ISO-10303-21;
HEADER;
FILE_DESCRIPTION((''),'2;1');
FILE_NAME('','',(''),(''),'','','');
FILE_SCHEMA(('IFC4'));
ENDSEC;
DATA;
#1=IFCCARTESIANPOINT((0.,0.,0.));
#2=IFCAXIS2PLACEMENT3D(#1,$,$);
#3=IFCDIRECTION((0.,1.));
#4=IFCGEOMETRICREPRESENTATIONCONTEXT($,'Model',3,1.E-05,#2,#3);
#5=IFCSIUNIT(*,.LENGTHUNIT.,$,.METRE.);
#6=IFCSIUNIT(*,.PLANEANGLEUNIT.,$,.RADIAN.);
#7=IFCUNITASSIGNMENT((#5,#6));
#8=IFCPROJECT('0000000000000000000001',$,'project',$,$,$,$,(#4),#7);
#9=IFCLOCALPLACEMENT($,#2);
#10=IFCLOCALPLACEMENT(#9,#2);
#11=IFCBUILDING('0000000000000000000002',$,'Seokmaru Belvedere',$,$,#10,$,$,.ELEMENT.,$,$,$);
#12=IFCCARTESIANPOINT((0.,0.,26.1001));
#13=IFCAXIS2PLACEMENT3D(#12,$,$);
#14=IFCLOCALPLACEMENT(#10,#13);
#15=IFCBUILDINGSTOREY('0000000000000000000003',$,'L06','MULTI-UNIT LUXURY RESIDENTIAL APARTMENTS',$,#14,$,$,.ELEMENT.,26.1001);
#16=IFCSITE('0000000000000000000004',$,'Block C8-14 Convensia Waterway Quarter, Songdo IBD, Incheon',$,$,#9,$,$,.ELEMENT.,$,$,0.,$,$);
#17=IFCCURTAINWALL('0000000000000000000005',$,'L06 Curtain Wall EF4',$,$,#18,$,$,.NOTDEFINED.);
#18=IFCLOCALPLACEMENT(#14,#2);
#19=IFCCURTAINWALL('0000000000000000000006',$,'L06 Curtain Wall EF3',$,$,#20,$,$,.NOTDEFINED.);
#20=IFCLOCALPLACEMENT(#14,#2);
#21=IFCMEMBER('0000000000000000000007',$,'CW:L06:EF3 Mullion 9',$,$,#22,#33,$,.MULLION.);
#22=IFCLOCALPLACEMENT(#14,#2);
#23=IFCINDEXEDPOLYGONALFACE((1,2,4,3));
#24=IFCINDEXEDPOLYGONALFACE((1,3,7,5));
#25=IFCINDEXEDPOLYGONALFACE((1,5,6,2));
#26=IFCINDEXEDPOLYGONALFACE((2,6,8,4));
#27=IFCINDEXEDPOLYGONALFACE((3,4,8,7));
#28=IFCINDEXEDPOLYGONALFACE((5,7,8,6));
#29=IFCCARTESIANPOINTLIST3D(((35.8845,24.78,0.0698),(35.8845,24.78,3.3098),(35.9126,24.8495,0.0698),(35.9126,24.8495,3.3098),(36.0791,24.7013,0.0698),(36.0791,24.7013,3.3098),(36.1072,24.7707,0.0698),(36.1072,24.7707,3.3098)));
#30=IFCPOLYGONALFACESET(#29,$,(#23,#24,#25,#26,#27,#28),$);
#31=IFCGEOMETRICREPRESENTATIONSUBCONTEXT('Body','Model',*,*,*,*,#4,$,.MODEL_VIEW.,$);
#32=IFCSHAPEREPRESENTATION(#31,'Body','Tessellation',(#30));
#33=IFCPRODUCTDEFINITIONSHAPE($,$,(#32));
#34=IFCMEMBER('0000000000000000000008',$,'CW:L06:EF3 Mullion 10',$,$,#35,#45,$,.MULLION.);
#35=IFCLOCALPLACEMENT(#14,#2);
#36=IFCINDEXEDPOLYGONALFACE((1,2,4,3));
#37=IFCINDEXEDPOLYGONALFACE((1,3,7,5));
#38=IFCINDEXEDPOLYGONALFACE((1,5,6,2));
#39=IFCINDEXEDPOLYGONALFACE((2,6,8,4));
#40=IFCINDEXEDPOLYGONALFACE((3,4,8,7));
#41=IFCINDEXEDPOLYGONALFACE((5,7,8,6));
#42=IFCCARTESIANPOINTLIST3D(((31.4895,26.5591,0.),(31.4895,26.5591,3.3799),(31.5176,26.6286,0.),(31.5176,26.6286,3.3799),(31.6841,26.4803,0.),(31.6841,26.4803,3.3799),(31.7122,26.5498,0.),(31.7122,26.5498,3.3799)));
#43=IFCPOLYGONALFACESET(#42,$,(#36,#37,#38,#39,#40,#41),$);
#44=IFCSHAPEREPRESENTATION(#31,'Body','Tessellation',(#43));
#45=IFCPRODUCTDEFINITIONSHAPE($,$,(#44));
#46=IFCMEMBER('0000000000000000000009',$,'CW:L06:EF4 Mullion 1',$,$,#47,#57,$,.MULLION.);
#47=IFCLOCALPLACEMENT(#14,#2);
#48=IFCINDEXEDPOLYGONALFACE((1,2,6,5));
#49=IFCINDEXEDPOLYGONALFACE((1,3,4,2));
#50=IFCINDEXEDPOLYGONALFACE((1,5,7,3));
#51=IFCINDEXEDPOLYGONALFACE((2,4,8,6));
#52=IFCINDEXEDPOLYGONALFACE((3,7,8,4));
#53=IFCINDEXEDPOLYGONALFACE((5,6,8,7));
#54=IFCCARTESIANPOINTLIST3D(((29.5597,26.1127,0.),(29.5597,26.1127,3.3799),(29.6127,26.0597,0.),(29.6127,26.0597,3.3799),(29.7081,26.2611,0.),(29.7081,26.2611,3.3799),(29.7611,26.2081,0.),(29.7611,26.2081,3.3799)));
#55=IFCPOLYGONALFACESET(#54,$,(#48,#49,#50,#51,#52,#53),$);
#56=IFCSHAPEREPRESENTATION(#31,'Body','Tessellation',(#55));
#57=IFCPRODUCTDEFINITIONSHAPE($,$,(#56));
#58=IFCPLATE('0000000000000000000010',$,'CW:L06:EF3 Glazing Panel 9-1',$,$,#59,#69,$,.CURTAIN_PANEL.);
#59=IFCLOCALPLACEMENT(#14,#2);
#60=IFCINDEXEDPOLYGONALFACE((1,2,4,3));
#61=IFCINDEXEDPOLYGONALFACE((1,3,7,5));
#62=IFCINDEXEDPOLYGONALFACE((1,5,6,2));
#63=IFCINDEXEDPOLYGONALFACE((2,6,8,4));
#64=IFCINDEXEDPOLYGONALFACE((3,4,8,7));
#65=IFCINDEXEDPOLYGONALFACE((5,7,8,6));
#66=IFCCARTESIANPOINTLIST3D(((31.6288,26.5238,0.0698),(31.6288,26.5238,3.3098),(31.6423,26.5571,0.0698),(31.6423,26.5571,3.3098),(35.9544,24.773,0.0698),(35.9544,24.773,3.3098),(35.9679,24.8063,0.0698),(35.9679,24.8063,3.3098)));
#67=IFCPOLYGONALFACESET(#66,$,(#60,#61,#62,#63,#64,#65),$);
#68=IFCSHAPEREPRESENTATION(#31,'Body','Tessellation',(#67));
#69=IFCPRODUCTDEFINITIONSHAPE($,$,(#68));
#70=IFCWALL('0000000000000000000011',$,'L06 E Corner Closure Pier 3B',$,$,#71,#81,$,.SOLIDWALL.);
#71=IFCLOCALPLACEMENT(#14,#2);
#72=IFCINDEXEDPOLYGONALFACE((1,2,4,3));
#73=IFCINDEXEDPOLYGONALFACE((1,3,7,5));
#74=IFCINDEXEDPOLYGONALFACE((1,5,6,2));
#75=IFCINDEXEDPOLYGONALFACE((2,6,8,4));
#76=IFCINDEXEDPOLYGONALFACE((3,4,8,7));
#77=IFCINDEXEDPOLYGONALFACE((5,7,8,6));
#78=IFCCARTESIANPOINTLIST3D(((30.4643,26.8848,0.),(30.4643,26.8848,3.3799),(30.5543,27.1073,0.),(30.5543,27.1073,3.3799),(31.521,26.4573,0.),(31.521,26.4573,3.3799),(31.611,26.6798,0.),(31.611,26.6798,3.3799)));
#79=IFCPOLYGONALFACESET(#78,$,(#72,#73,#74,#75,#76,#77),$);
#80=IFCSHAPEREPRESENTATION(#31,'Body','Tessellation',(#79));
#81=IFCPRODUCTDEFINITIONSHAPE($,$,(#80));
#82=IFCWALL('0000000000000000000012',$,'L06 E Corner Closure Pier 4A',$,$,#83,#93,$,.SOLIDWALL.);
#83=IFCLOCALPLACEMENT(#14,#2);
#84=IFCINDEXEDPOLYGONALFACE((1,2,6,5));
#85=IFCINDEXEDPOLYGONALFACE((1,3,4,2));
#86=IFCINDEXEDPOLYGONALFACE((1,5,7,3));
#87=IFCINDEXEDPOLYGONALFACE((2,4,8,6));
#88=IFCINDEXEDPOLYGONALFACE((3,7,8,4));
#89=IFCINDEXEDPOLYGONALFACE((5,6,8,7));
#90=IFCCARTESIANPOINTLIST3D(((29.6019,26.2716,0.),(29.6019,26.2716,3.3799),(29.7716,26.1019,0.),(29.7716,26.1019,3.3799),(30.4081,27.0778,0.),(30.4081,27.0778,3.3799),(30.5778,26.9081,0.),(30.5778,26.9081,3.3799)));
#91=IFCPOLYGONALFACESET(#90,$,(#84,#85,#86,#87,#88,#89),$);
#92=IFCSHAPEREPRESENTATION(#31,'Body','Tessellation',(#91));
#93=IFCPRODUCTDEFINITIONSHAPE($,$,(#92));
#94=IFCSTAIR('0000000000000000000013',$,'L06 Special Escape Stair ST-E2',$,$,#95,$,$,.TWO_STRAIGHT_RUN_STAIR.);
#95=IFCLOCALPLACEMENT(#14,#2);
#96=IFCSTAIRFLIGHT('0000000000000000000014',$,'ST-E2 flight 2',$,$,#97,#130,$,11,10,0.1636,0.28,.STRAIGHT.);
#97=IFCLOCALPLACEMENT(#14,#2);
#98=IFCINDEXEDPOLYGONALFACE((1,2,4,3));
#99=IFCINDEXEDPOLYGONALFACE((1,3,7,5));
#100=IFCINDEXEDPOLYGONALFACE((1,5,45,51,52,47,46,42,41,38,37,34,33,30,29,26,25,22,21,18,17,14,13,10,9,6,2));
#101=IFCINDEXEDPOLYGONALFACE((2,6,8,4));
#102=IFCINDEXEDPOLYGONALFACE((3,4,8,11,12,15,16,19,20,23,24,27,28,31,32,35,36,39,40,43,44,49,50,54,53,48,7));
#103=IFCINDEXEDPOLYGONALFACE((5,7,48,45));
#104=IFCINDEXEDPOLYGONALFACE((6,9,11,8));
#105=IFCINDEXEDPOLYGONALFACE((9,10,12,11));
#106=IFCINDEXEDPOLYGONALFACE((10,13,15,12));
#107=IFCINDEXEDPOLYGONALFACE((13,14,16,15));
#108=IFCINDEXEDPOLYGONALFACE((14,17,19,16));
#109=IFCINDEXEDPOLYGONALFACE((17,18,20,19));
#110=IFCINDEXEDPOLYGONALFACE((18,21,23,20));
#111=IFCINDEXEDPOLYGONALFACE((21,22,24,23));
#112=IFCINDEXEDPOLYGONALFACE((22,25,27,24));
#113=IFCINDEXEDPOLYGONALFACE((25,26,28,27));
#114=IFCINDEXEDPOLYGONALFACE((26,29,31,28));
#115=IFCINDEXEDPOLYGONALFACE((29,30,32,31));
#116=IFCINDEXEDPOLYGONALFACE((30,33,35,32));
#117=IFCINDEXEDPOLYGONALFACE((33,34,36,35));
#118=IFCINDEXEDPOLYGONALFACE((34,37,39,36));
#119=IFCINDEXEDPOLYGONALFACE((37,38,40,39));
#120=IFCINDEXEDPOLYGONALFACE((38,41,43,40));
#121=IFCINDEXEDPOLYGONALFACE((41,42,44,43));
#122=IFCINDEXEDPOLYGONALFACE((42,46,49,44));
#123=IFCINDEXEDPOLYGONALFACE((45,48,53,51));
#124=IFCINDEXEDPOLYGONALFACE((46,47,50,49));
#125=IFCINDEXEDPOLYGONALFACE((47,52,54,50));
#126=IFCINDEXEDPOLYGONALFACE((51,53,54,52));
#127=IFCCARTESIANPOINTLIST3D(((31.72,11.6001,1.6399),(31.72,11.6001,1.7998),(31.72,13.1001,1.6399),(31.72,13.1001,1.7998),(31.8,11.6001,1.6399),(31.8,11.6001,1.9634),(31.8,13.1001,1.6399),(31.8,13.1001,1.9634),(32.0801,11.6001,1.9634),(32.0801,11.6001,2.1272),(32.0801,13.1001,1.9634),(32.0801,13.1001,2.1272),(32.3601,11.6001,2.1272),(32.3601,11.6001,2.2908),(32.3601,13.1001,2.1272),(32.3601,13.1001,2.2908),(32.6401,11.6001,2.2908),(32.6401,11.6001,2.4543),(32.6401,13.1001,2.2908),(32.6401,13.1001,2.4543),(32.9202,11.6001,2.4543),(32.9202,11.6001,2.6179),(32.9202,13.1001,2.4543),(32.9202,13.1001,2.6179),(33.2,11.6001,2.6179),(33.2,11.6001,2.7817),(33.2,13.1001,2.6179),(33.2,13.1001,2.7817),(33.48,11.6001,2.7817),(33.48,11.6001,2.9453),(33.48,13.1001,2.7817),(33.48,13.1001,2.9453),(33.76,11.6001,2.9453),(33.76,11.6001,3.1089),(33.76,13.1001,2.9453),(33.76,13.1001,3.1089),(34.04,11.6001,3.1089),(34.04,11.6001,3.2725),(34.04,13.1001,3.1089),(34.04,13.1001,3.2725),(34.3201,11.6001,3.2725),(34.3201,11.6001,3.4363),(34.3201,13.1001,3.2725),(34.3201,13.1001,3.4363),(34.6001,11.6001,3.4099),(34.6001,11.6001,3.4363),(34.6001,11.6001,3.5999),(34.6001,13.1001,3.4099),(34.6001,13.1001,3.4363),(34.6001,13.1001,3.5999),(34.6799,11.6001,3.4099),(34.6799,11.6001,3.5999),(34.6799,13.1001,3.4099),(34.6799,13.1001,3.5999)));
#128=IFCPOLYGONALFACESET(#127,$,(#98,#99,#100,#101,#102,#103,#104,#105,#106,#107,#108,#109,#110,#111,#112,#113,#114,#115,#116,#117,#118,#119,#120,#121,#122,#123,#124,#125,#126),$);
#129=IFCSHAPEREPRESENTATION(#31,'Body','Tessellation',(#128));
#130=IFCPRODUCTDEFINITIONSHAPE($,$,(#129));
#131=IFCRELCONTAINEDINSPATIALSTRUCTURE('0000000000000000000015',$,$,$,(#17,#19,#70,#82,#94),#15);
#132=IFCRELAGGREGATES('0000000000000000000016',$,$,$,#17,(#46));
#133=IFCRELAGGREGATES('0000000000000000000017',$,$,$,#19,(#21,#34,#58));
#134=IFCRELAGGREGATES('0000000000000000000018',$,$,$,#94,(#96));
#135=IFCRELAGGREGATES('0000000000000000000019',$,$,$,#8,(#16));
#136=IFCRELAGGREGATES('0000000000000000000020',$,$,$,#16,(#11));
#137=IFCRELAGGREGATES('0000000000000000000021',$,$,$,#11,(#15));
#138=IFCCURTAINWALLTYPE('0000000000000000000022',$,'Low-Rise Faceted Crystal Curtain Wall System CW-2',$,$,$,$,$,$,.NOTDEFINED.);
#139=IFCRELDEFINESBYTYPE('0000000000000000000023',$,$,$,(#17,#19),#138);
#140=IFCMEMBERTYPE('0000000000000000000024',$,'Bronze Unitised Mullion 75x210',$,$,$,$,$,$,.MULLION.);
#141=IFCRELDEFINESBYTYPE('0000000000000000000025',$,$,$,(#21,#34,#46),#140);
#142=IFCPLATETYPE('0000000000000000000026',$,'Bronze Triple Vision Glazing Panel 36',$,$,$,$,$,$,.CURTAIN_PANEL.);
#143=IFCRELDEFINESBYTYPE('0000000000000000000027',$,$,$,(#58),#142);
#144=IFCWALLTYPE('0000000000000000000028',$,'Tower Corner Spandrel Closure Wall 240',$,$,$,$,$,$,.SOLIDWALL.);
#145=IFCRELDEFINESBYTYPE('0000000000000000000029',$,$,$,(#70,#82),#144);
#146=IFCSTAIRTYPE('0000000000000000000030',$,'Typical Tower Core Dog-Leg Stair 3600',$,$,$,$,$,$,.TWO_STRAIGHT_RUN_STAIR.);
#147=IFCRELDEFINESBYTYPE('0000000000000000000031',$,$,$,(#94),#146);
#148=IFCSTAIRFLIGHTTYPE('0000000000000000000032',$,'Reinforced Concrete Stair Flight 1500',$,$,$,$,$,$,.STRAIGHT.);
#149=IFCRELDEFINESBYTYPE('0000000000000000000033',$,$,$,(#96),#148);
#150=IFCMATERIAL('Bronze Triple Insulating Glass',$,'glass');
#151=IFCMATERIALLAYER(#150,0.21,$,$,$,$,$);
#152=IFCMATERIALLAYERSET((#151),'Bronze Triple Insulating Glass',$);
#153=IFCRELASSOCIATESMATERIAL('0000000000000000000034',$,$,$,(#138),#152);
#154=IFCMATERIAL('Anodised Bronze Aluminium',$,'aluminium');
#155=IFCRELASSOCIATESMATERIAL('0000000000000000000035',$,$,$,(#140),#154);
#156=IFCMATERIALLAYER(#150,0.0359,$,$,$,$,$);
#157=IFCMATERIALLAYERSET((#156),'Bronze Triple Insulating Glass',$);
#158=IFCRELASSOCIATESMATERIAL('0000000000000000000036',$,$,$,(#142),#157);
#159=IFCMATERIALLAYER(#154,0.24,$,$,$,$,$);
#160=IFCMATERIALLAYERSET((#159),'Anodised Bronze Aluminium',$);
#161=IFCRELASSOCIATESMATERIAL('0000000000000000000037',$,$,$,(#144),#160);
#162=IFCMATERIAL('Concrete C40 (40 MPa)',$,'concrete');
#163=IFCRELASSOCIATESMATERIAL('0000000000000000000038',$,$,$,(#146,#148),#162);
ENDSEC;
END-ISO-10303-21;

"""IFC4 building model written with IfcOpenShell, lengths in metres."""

from ifc_helpers import new_model, si_unit, direction, frame, frame_2d, origin, origin_2d, place, context, subcontext, project, spatial, polyline, rectangle, outline, extrude, source, transform, mapped, material, layer, layer_set, material_profile, profile_set, type_object, type_shapes, element, aggregate, save


model = new_model("IFC4")

# Units and contexts
model_context = context("Model", 3, precision=1e-05, world=origin(), true_north=direction((0.0, 1.0)))
body_context = subcontext(model_context, "Body", "Model", "MODEL_VIEW")
ifc_project = project(units=[si_unit("LENGTHUNIT", "METRE"), si_unit("PLANEANGLEUNIT", "RADIAN")], contexts=[model_context])

# Site, building, storey
site_placement = place(None, origin())
site = spatial("IfcSite", under=ifc_project, at=site_placement, Name="Block C8-14 Convensia Waterway Quarter, Songdo IBD, Incheon", CompositionType="ELEMENT", RefElevation=0.0)
building_placement = place(site_placement, origin())
building = spatial("IfcBuilding", under=site, at=building_placement, Name="Seokmaru Belvedere", CompositionType="ELEMENT")
storey_placement = place(building_placement, frame((0.0, 0.0, 26.1001)))
storey = spatial("IfcBuildingStorey", under=building, at=storey_placement, Name="L06", Description="MULTI-UNIT LUXURY RESIDENTIAL APARTMENTS", CompositionType="ELEMENT", Elevation=26.1001)

# Curtain walls, members
ifc_material_1 = material(Name="Bronze Triple Insulating Glass", Category="glass")
ifc_layer_1 = layer(ifc_material_1, 0.21)
ifc_layer_set_1 = layer_set([ifc_layer_1], Name="Bronze Triple Insulating Glass")
curtain_wall_type = type_object("IfcCurtainWallType", Name="Low-Rise Faceted Crystal Curtain Wall System CW-2", PredefinedType="NOTDEFINED", material=ifc_layer_set_1)
curtain_wall_1_placement = place(storey_placement, origin())
curtain_wall_1 = element("IfcCurtainWall", 1, at=curtain_wall_1_placement, inside=storey, type_object=curtain_wall_type, Name="L06 Curtain Wall EF4", PredefinedType="NOTDEFINED")
ifc_material_2 = material(Name="Anodised Bronze Aluminium", Category="aluminium")
curtain_wall_2_placement = place(storey_placement, origin())
curtain_wall_2 = element("IfcCurtainWall", 2, at=curtain_wall_2_placement, inside=storey, type_object=curtain_wall_type, Name="L06 Curtain Wall EF3", PredefinedType="NOTDEFINED")
ifc_material_profile_1 = material_profile(ifc_material_2, rectangle(XDim=0.075, YDim=0.21, at=origin_2d()), Name="CW-M-75x210")
ifc_profile_set_1 = profile_set([ifc_material_profile_1], Name="Anodised Bronze Aluminium")
member_type_1 = type_object("IfcMemberType", Name="Bronze Unitised Mullion 75x210", PredefinedType="MULLION", material=ifc_profile_set_1)
shared_shape_1 = source(origin(), body_context, "Body", "SweptSolid", [
    extrude(rectangle(XDim=0.075, YDim=0.21, at=origin_2d()), origin(), (0.0, 0.0, 1.0), 3.24),
])
member_1_placement = place(storey_placement, frame((35.9958, 24.7754, 0.0698), z_axis=(0.0, 0.0, 1.0), x_axis=(-0.375192, -0.926947, 0.0)))
member_1 = element("IfcMember", 3, at=member_1_placement, type_object=member_type_1, Name="CW:L06:EF3 Mullion 9", PredefinedType="MULLION", context=body_context, shape_type="MappedRepresentation", body=[
    mapped(shared_shape_1, transform((0.0, 0.0, 0.0), scale=1.0)),
])
shared_shape_2 = source(origin(), body_context, "Body", "SweptSolid", [
    extrude(rectangle(XDim=0.075, YDim=0.21, at=origin_2d()), origin(), (0.0, 0.0, 1.0), 3.3799),
])
type_shapes(member_type_1, [shared_shape_1, shared_shape_2])
member_2_placement = place(storey_placement, frame((31.6008, 26.5544, 0.0), z_axis=(0.0, 0.0, 1.0), x_axis=(-0.375192, -0.926947, 0.0)))
member_2 = element("IfcMember", 4, at=member_2_placement, type_object=member_type_1, Name="CW:L06:EF3 Mullion 10", PredefinedType="MULLION", context=body_context, shape_type="MappedRepresentation", body=[
    mapped(shared_shape_2, transform((0.0, 0.0, 0.0), scale=1.0)),
])

# Member
member_3_placement = place(storey_placement, frame((29.6604, 26.1604, 0.0), z_axis=(0.0, 0.0, 1.0), x_axis=(0.707107, -0.707107, 0.0)))
member_3 = element("IfcMember", 5, at=member_3_placement, type_object=member_type_1, Name="CW:L06:EF4 Mullion 1", PredefinedType="MULLION", context=body_context, shape_type="MappedRepresentation", body=[
    mapped(shared_shape_2, transform((0.0, 0.0, 0.0), scale=1.0)),
])
aggregate(curtain_wall_1, [member_3])

# Plate
ifc_layer_2 = layer(ifc_material_1, 0.0359)
ifc_layer_set_2 = layer_set([ifc_layer_2], Name="Bronze Triple Insulating Glass")
plate_type = type_object("IfcPlateType", Name="Bronze Triple Vision Glazing Panel 36", PredefinedType="CURTAIN_PANEL", material=ifc_layer_set_2)
shared_shape_3 = source(origin(), body_context, "Body", "SweptSolid", [
    extrude(rectangle(XDim=4.6665, YDim=0.0359, at=origin_2d()), origin(), (0.0, 0.0, 1.0), 3.24),
])
type_shapes(plate_type, [shared_shape_3])
plate_placement = place(storey_placement, frame((33.7983, 25.665, 0.0698), z_axis=(0.0, 0.0, 1.0), x_axis=(-0.926947, 0.375192, 0.0)))
plate = element("IfcPlate", 6, at=plate_placement, type_object=plate_type, Name="CW:L06:EF3 Glazing Panel 9-1", PredefinedType="CURTAIN_PANEL", context=body_context, shape_type="MappedRepresentation", body=[
    mapped(shared_shape_3, transform((0.0, 0.0, 0.0), scale=1.0)),
])
aggregate(curtain_wall_2, [member_1, member_2, plate])

# Walls
ifc_layer_3 = layer(ifc_material_2, 0.24)
ifc_layer_set_3 = layer_set([ifc_layer_3], Name="Anodised Bronze Aluminium")
wall_type = type_object("IfcWallType", Name="Tower Corner Spandrel Closure Wall 240", PredefinedType="SOLIDWALL", material=ifc_layer_set_3)
wall_1_placement = place(storey_placement, frame((31.5659, 26.5686, 0.0), z_axis=(0.0, 0.0, 1.0), x_axis=(-0.927007, 0.375044, 0.0)))
element("IfcWall", 7, at=wall_1_placement, inside=storey, type_object=wall_type, Name="L06 E Corner Closure Pier 3B", PredefinedType="SOLIDWALL", context=body_context, shape_type="SweptSolid", body=[
    extrude(rectangle(XDim=1.1399, YDim=0.24, at=frame_2d((0.5698, 0.0))), origin(), (0.0, 0.0, 1.0), 3.3799),
])
wall_2_placement = place(storey_placement, frame((30.4929, 26.9929, 0.0), z_axis=(0.0, 0.0, 1.0), x_axis=(-0.707107, -0.707107, 0.0)))
element("IfcWall", 8, at=wall_2_placement, inside=storey, type_object=wall_type, Name="L06 E Corner Closure Pier 4A", PredefinedType="SOLIDWALL", context=body_context, shape_type="SweptSolid", body=[
    extrude(rectangle(XDim=1.1401, YDim=0.24, at=frame_2d((0.5701, 0.0))), origin(), (0.0, 0.0, 1.0), 3.3799),
])

# Stair, stair flight
ifc_material_3 = material(Name="Concrete C40 (40 MPa)", Category="concrete")
stair_type = type_object("IfcStairType", Name="Typical Tower Core Dog-Leg Stair 3600", PredefinedType="TWO_STRAIGHT_RUN_STAIR", material=ifc_material_3)
stair_placement = place(storey_placement, origin())
stair = element("IfcStair", 9, at=stair_placement, inside=storey, type_object=stair_type, Name="L06 Special Escape Stair ST-E2", PredefinedType="TWO_STRAIGHT_RUN_STAIR")
stair_flight_type = type_object("IfcStairFlightType", Name="Reinforced Concrete Stair Flight 1500", PredefinedType="STRAIGHT", material=ifc_material_3)
stair_flight_placement = place(storey_placement, frame((31.8, 12.3501, 1.7998), z_axis=(0.0, 0.0, 1.0), x_axis=(1.0, 0.0, 0.0)))
stair_flight = element("IfcStairFlight", 10, at=stair_flight_placement, type_object=stair_flight_type, Name="ST-E2 flight 2", NumberOfRisers=11, NumberOfTreads=10, PredefinedType="STRAIGHT", RiserHeight=0.1636, TreadLength=0.28, context=body_context, shape_type="SweptSolid", body=[
    extrude(outline(polyline([(-0.0801, 0.0), (0.0, 0.1636), (0.28, 0.1636), (0.28, 0.3274), (0.5601, 0.3274), (0.5601, 0.491), (0.8401, 0.491), (0.8401, 0.6545), (1.1201, 0.6545), (1.1201, 0.8181), (1.3999, 0.8181), (1.3999, 0.9819), (1.6799, 0.9819), (1.6799, 1.1455), (1.96, 1.1455), (1.96, 1.3091), (2.24, 1.3091), (2.24, 1.4727), (2.52, 1.4727), (2.52, 1.6365), (2.8, 1.6365), (2.8, 1.8), (2.8799, 1.8), (2.8799, 1.6101), (2.8, 1.6101), (0.0, -0.1599), (-0.0801, -0.1599), (-0.0801, 0.0)])), frame((0.0, 0.75, 0.0), z_axis=(0.0, -1.0, 0.0), x_axis=(1.0, 0.0, 0.0)), (0.0, 0.0, 1.0), 1.5),
])
aggregate(stair, [stair_flight])

save(model, "model.ifc")
